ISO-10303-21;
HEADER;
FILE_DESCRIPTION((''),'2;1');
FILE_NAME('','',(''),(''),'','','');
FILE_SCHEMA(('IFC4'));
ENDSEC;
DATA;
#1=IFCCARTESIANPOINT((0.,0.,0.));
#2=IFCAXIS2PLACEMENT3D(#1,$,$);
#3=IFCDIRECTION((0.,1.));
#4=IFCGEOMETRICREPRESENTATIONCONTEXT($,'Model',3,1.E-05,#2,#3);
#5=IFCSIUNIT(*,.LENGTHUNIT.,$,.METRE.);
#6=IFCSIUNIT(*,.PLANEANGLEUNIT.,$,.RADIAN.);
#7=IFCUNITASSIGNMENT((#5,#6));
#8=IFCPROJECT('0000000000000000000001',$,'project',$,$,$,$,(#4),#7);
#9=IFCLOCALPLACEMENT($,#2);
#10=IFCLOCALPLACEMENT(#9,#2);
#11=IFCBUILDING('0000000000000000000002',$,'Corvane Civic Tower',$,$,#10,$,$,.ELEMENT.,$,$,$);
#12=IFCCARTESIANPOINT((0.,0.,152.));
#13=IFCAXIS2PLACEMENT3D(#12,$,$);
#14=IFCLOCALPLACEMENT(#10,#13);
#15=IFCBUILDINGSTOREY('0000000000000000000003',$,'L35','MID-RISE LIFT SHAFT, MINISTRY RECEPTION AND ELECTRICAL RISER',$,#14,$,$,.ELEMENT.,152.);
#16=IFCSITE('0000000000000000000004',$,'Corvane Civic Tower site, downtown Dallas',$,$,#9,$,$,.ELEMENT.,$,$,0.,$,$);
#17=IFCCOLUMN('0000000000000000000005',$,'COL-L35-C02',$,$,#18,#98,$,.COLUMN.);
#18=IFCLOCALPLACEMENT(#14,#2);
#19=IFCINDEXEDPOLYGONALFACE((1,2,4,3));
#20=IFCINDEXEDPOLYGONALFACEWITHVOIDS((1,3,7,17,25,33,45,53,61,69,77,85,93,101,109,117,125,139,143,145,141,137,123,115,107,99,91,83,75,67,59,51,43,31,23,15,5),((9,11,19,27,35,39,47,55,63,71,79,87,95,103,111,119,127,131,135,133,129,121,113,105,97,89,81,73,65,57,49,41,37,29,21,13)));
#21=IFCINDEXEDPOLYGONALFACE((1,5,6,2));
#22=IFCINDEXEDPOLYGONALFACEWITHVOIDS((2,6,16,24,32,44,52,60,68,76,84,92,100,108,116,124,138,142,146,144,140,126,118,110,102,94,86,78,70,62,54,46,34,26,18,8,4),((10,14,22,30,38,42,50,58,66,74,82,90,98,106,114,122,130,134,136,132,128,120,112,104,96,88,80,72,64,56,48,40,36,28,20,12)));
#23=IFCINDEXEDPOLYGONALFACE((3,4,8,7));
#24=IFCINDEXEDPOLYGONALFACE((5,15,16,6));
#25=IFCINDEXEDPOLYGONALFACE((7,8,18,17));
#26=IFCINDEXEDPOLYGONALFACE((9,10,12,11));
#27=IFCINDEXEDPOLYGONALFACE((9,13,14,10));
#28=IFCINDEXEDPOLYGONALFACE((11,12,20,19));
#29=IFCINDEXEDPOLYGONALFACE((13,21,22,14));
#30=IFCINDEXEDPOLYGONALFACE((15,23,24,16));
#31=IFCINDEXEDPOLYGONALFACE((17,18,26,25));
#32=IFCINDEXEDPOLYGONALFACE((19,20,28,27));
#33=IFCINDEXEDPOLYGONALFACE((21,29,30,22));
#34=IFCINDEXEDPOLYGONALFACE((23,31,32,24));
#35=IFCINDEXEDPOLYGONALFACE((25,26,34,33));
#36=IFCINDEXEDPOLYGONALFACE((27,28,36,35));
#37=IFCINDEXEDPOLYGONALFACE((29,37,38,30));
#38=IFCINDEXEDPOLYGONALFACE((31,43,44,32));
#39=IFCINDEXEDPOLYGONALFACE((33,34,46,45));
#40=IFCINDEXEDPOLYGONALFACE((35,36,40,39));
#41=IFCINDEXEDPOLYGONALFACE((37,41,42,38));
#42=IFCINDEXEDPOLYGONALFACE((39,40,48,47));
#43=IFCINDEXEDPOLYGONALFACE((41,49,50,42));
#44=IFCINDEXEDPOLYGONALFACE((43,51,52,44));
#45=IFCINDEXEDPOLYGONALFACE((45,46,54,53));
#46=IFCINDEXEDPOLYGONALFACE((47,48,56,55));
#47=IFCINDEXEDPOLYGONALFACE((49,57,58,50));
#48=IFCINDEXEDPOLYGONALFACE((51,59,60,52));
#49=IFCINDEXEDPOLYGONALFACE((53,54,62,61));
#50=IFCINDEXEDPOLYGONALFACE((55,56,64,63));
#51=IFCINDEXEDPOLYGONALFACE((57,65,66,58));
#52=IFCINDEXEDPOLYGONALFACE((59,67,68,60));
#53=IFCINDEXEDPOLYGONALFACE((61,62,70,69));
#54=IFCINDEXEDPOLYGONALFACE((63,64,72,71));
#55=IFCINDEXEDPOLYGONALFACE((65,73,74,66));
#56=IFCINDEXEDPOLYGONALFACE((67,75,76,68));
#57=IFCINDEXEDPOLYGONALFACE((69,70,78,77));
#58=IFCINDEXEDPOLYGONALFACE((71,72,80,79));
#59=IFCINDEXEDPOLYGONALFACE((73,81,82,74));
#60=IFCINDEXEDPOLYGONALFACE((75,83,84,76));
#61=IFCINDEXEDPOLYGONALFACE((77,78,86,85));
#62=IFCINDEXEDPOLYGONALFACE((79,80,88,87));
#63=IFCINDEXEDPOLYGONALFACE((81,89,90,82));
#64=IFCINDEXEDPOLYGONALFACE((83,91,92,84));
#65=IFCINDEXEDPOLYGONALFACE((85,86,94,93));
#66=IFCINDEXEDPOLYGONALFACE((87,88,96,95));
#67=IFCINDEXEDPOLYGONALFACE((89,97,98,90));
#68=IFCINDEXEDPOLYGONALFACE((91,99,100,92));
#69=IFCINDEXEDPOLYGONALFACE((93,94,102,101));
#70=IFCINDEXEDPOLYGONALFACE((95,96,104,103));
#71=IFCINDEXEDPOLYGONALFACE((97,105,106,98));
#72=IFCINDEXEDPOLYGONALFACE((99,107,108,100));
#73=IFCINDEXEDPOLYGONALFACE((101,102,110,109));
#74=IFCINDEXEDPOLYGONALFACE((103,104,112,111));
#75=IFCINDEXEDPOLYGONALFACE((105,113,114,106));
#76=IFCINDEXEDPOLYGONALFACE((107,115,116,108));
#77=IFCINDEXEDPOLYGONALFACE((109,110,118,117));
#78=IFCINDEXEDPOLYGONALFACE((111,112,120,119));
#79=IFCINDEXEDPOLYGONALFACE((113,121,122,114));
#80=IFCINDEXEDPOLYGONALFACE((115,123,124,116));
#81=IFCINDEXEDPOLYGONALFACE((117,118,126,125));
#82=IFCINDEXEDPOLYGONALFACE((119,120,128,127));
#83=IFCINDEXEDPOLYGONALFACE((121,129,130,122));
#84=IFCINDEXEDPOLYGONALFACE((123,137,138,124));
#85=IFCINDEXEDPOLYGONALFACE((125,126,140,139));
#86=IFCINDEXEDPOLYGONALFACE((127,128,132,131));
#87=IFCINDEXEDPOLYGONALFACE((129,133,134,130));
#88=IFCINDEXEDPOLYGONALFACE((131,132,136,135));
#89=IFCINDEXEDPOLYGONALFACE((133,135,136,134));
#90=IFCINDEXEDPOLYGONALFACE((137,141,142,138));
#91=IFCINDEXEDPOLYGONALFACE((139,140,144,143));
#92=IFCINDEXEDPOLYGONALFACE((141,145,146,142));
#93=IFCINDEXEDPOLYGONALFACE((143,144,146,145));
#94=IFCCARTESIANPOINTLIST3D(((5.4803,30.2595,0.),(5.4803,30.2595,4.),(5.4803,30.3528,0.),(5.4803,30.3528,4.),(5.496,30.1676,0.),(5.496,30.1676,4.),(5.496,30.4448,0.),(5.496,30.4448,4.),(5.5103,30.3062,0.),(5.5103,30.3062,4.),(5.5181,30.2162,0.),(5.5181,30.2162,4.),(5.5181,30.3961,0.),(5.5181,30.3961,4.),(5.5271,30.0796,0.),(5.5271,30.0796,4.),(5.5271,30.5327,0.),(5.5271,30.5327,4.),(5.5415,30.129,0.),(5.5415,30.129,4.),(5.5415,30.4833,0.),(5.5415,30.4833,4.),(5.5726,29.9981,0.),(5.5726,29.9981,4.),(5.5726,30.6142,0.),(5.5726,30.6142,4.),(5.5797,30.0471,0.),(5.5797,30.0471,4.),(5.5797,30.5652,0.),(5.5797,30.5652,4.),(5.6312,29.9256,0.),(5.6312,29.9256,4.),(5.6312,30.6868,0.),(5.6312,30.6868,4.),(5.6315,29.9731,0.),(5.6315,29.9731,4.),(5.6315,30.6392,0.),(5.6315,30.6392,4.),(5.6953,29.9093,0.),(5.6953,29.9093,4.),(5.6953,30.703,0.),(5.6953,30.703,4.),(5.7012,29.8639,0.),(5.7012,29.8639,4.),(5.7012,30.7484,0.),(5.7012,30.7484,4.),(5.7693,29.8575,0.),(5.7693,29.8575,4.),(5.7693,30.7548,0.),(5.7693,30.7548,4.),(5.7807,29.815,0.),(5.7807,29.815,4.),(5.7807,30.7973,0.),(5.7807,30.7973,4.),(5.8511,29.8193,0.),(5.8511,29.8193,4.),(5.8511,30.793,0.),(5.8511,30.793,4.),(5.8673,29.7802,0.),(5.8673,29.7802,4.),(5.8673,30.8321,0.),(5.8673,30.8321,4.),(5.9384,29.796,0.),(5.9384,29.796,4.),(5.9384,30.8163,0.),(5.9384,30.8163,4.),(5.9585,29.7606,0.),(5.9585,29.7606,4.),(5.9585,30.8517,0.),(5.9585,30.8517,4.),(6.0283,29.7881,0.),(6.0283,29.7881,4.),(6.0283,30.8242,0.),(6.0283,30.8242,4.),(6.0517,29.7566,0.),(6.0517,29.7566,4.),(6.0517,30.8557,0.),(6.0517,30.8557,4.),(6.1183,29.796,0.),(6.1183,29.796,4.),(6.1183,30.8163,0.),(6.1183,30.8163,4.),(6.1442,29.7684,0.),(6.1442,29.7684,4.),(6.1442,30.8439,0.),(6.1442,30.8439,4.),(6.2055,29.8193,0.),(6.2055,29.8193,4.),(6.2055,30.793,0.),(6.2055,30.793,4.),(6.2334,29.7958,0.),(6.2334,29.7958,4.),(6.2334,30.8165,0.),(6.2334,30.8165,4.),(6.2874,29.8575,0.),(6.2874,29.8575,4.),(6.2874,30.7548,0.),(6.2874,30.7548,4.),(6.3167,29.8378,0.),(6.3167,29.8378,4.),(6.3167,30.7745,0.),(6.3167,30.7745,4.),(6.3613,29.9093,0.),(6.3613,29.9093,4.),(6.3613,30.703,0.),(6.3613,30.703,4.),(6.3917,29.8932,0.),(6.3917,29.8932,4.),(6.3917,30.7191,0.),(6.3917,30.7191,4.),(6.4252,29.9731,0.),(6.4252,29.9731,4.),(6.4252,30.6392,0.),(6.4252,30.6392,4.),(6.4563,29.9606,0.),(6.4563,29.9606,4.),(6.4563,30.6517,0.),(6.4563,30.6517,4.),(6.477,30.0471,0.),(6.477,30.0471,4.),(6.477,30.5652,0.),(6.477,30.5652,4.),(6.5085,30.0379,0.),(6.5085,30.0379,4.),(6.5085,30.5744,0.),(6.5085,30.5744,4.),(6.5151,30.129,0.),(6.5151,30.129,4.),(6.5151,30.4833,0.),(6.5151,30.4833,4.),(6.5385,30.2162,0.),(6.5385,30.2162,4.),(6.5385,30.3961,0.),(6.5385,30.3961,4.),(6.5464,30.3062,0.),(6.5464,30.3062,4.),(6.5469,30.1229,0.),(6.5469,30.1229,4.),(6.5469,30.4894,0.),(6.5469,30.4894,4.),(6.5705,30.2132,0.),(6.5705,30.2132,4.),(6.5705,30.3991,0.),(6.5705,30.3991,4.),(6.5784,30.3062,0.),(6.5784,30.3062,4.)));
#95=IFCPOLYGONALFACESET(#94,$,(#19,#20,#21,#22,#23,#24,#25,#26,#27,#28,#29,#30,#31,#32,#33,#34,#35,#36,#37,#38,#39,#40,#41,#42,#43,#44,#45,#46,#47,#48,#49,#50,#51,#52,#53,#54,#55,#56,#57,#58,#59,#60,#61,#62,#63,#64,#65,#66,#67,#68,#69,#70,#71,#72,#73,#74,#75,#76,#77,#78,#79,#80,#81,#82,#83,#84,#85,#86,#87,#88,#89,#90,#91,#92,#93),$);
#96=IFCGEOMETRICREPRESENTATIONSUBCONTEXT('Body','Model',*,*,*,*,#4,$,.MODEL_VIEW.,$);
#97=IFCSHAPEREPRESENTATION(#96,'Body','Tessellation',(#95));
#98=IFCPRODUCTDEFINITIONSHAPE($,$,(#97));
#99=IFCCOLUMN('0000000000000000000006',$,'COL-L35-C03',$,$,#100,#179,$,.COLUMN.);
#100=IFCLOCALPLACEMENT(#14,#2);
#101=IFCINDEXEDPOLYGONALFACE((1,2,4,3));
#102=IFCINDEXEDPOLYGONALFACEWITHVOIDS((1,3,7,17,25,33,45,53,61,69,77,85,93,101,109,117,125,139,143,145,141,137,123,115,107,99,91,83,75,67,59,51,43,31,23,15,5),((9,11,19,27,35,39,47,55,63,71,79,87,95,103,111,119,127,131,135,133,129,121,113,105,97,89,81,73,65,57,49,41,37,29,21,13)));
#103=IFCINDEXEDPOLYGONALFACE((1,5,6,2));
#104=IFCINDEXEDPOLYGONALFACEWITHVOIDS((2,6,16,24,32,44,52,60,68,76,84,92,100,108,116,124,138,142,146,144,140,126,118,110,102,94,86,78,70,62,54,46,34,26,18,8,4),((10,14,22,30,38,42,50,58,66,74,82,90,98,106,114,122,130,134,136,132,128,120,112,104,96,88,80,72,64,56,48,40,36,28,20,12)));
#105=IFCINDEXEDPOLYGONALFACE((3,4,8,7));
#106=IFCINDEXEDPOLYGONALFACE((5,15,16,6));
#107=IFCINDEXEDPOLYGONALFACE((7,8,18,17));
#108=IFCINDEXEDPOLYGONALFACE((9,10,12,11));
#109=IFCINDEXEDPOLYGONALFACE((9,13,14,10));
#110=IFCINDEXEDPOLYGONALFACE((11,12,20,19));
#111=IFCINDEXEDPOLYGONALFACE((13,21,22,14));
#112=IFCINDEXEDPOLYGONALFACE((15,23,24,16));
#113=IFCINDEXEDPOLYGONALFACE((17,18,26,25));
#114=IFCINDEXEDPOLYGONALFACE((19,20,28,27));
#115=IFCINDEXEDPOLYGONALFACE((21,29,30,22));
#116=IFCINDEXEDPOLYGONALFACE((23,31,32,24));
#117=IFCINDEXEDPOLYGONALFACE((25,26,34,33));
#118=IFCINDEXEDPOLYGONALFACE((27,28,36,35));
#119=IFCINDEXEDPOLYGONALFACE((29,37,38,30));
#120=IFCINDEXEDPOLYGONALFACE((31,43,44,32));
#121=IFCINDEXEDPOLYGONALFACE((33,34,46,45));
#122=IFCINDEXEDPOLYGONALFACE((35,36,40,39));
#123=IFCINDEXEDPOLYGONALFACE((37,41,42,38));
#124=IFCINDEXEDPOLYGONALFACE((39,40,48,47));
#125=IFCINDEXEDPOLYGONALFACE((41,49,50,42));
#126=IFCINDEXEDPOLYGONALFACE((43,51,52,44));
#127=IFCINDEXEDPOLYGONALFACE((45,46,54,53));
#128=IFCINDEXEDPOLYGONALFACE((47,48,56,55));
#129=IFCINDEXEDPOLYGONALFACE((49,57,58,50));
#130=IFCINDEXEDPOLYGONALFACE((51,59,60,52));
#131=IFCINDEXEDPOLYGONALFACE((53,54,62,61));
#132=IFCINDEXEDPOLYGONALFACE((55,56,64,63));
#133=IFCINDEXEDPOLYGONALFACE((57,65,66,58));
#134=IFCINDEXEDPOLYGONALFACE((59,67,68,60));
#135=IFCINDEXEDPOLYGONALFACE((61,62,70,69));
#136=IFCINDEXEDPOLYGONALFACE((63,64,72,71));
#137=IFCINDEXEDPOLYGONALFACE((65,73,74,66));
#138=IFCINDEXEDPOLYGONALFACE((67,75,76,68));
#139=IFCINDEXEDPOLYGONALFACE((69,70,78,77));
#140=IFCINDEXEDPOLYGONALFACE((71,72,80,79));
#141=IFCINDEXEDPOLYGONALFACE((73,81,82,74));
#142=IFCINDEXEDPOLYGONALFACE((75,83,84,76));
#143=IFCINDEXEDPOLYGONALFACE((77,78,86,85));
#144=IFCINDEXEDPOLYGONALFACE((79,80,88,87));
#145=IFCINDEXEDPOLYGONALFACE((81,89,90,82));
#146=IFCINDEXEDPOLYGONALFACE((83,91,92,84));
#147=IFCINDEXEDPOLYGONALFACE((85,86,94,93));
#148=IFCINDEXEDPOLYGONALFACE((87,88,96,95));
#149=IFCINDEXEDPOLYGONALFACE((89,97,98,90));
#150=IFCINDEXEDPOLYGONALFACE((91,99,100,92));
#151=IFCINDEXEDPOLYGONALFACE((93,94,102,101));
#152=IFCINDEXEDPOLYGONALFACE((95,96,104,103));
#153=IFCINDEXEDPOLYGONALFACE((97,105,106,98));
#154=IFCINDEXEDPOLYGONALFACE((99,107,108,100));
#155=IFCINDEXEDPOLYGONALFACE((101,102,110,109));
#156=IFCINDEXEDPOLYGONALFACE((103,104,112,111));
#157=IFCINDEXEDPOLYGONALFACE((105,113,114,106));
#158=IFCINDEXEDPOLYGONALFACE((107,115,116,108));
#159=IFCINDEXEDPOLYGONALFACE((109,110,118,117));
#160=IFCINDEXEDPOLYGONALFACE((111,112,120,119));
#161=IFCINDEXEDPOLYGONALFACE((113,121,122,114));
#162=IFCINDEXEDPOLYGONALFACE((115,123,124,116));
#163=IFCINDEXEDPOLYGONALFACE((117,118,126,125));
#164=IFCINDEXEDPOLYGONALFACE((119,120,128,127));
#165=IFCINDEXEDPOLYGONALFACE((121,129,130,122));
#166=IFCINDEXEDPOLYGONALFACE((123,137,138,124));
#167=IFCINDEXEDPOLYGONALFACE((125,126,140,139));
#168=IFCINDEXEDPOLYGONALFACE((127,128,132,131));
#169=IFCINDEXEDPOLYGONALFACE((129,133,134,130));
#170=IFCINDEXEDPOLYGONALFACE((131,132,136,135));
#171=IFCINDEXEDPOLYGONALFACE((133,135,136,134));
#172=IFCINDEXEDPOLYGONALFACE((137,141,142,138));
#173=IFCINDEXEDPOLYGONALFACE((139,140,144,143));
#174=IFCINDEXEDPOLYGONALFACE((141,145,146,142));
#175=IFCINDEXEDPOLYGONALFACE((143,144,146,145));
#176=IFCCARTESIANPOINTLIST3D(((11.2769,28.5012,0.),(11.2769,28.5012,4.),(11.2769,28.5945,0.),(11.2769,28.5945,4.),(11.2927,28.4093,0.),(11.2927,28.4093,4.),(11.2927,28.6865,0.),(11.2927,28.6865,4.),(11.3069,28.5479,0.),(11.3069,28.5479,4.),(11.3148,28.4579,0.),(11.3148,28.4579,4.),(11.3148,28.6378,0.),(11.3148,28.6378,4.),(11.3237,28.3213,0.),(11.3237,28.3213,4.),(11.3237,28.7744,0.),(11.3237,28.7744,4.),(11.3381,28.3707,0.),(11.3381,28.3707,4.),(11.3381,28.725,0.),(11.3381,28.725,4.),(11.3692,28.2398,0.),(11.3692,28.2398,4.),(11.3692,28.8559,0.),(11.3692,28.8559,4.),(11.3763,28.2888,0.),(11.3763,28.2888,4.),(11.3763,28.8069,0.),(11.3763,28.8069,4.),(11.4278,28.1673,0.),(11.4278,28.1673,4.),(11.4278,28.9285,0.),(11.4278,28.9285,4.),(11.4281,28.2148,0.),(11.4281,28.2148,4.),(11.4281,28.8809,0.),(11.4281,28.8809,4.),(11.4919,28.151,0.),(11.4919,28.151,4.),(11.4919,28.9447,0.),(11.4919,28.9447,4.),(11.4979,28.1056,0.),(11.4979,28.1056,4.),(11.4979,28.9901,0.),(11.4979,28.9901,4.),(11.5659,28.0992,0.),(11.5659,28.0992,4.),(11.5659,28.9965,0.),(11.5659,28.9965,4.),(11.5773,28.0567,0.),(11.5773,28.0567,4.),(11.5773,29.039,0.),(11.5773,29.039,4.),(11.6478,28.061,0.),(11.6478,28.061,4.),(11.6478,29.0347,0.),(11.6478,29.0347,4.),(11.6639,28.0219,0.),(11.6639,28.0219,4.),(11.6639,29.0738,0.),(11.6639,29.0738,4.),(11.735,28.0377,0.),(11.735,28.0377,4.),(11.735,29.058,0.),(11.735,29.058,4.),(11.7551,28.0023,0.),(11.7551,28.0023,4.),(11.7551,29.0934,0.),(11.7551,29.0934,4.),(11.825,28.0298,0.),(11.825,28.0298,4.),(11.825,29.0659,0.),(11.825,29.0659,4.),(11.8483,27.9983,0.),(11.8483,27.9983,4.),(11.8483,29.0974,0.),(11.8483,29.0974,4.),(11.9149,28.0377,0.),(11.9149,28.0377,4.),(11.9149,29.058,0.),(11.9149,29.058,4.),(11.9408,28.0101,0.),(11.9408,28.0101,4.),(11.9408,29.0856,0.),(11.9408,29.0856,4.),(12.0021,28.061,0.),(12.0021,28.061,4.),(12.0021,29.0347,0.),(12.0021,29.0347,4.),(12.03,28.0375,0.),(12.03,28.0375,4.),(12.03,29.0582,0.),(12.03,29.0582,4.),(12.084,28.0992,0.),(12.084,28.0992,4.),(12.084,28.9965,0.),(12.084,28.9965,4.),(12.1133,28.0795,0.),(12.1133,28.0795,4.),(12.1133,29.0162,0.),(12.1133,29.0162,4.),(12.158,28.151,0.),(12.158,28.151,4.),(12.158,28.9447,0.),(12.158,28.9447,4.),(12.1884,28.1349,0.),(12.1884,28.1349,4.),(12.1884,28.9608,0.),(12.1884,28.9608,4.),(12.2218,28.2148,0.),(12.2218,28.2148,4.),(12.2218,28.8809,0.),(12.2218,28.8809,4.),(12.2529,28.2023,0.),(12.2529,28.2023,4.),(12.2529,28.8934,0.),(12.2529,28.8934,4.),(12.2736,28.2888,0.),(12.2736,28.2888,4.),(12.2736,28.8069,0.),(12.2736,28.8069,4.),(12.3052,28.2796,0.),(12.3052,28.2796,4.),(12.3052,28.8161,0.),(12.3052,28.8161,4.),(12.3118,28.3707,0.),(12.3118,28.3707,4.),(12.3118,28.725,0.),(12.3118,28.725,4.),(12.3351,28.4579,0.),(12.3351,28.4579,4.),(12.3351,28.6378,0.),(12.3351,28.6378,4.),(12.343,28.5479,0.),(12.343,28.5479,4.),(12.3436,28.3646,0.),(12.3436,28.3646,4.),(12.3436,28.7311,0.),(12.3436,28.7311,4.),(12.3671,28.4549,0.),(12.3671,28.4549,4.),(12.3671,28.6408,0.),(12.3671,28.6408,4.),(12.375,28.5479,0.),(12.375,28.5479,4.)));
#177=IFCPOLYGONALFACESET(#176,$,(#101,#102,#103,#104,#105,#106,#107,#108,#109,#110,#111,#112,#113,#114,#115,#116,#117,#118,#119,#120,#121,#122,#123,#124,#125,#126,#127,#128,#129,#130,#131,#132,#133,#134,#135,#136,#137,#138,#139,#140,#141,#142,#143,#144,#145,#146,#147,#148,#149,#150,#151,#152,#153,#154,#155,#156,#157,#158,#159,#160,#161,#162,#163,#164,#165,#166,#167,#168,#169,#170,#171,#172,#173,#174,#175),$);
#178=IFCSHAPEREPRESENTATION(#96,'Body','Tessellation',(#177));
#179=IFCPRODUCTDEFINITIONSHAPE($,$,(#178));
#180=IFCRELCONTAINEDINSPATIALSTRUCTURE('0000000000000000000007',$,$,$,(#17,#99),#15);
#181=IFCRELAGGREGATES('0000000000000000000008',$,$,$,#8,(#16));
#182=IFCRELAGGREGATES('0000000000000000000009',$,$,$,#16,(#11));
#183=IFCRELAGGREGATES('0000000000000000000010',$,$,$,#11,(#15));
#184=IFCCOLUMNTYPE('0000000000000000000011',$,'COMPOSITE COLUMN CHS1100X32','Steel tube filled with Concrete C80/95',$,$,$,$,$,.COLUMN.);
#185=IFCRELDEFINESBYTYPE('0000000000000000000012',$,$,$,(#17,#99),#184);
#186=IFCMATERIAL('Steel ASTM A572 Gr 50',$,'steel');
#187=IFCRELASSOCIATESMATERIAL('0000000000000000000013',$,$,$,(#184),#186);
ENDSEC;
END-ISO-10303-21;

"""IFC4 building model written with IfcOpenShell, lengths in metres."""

from ifc_helpers import new_model, si_unit, direction, frame, origin, origin_2d, place, context, subcontext, project, spatial, hollow_circle, extrude, material, material_profile, profile_set, type_object, element, save


model = new_model("IFC4")

# Units and contexts
model_context = context("Model", 3, precision=1e-05, world=origin(), true_north=direction((0.0, 1.0)))
body_context = subcontext(model_context, "Body", "Model", "MODEL_VIEW")
ifc_project = project(units=[si_unit("LENGTHUNIT", "METRE"), si_unit("PLANEANGLEUNIT", "RADIAN")], contexts=[model_context])

# Site, building, storey
site_placement = place(None, origin())
site = spatial("IfcSite", under=ifc_project, at=site_placement, Name="Corvane Civic Tower site, downtown Dallas", CompositionType="ELEMENT", RefElevation=0.0)
building_placement = place(site_placement, origin())
building = spatial("IfcBuilding", under=site, at=building_placement, Name="Corvane Civic Tower", CompositionType="ELEMENT")
storey_placement = place(building_placement, frame((0.0, 0.0, 152.0)))
storey = spatial("IfcBuildingStorey", under=building, at=storey_placement, Name="L35", Description="MID-RISE LIFT SHAFT, MINISTRY RECEPTION AND ELECTRICAL RISER", CompositionType="ELEMENT", Elevation=152.0)

# Columns
ifc_material_1 = material(Name="Steel ASTM A572 Gr 50", Category="steel")
ifc_material_profile_1 = material_profile(ifc_material_1, hollow_circle(Radius=0.55, WallThickness=0.032, at=origin_2d()), Name="CHS1100X32")
ifc_profile_set_1 = profile_set([ifc_material_profile_1], Name="Steel ASTM A572 Gr 50")
column_type = type_object("IfcColumnType", Name="COMPOSITE COLUMN CHS1100X32", Description="Steel tube filled with Concrete C80/95", PredefinedType="COLUMN", material=ifc_profile_set_1)
for number, where, z_axis, x_axis, name in (
    (1, (6.0283, 30.3062, 0.0), (0.0, 0.0, 1.0), (1.0, 0.0, 0.0), "COL-L35-C02"),
    (2, (11.825, 28.5479, 0.0), (0.0, 0.0, 1.0), (1.0, 0.0, 0.0), "COL-L35-C03"),
):
    element("IfcColumn", number, at=place(storey_placement, frame(where, z_axis=z_axis, x_axis=x_axis)), inside=storey, type_object=column_type, Name=name, PredefinedType="COLUMN", context=body_context, shape_type="SweptSolid", body=[
        extrude(hollow_circle(Radius=0.55, WallThickness=0.032, at=origin_2d()), origin(), (0.0, 0.0, 1.0), 4.0),
    ])

save(model, "model.ifc")
